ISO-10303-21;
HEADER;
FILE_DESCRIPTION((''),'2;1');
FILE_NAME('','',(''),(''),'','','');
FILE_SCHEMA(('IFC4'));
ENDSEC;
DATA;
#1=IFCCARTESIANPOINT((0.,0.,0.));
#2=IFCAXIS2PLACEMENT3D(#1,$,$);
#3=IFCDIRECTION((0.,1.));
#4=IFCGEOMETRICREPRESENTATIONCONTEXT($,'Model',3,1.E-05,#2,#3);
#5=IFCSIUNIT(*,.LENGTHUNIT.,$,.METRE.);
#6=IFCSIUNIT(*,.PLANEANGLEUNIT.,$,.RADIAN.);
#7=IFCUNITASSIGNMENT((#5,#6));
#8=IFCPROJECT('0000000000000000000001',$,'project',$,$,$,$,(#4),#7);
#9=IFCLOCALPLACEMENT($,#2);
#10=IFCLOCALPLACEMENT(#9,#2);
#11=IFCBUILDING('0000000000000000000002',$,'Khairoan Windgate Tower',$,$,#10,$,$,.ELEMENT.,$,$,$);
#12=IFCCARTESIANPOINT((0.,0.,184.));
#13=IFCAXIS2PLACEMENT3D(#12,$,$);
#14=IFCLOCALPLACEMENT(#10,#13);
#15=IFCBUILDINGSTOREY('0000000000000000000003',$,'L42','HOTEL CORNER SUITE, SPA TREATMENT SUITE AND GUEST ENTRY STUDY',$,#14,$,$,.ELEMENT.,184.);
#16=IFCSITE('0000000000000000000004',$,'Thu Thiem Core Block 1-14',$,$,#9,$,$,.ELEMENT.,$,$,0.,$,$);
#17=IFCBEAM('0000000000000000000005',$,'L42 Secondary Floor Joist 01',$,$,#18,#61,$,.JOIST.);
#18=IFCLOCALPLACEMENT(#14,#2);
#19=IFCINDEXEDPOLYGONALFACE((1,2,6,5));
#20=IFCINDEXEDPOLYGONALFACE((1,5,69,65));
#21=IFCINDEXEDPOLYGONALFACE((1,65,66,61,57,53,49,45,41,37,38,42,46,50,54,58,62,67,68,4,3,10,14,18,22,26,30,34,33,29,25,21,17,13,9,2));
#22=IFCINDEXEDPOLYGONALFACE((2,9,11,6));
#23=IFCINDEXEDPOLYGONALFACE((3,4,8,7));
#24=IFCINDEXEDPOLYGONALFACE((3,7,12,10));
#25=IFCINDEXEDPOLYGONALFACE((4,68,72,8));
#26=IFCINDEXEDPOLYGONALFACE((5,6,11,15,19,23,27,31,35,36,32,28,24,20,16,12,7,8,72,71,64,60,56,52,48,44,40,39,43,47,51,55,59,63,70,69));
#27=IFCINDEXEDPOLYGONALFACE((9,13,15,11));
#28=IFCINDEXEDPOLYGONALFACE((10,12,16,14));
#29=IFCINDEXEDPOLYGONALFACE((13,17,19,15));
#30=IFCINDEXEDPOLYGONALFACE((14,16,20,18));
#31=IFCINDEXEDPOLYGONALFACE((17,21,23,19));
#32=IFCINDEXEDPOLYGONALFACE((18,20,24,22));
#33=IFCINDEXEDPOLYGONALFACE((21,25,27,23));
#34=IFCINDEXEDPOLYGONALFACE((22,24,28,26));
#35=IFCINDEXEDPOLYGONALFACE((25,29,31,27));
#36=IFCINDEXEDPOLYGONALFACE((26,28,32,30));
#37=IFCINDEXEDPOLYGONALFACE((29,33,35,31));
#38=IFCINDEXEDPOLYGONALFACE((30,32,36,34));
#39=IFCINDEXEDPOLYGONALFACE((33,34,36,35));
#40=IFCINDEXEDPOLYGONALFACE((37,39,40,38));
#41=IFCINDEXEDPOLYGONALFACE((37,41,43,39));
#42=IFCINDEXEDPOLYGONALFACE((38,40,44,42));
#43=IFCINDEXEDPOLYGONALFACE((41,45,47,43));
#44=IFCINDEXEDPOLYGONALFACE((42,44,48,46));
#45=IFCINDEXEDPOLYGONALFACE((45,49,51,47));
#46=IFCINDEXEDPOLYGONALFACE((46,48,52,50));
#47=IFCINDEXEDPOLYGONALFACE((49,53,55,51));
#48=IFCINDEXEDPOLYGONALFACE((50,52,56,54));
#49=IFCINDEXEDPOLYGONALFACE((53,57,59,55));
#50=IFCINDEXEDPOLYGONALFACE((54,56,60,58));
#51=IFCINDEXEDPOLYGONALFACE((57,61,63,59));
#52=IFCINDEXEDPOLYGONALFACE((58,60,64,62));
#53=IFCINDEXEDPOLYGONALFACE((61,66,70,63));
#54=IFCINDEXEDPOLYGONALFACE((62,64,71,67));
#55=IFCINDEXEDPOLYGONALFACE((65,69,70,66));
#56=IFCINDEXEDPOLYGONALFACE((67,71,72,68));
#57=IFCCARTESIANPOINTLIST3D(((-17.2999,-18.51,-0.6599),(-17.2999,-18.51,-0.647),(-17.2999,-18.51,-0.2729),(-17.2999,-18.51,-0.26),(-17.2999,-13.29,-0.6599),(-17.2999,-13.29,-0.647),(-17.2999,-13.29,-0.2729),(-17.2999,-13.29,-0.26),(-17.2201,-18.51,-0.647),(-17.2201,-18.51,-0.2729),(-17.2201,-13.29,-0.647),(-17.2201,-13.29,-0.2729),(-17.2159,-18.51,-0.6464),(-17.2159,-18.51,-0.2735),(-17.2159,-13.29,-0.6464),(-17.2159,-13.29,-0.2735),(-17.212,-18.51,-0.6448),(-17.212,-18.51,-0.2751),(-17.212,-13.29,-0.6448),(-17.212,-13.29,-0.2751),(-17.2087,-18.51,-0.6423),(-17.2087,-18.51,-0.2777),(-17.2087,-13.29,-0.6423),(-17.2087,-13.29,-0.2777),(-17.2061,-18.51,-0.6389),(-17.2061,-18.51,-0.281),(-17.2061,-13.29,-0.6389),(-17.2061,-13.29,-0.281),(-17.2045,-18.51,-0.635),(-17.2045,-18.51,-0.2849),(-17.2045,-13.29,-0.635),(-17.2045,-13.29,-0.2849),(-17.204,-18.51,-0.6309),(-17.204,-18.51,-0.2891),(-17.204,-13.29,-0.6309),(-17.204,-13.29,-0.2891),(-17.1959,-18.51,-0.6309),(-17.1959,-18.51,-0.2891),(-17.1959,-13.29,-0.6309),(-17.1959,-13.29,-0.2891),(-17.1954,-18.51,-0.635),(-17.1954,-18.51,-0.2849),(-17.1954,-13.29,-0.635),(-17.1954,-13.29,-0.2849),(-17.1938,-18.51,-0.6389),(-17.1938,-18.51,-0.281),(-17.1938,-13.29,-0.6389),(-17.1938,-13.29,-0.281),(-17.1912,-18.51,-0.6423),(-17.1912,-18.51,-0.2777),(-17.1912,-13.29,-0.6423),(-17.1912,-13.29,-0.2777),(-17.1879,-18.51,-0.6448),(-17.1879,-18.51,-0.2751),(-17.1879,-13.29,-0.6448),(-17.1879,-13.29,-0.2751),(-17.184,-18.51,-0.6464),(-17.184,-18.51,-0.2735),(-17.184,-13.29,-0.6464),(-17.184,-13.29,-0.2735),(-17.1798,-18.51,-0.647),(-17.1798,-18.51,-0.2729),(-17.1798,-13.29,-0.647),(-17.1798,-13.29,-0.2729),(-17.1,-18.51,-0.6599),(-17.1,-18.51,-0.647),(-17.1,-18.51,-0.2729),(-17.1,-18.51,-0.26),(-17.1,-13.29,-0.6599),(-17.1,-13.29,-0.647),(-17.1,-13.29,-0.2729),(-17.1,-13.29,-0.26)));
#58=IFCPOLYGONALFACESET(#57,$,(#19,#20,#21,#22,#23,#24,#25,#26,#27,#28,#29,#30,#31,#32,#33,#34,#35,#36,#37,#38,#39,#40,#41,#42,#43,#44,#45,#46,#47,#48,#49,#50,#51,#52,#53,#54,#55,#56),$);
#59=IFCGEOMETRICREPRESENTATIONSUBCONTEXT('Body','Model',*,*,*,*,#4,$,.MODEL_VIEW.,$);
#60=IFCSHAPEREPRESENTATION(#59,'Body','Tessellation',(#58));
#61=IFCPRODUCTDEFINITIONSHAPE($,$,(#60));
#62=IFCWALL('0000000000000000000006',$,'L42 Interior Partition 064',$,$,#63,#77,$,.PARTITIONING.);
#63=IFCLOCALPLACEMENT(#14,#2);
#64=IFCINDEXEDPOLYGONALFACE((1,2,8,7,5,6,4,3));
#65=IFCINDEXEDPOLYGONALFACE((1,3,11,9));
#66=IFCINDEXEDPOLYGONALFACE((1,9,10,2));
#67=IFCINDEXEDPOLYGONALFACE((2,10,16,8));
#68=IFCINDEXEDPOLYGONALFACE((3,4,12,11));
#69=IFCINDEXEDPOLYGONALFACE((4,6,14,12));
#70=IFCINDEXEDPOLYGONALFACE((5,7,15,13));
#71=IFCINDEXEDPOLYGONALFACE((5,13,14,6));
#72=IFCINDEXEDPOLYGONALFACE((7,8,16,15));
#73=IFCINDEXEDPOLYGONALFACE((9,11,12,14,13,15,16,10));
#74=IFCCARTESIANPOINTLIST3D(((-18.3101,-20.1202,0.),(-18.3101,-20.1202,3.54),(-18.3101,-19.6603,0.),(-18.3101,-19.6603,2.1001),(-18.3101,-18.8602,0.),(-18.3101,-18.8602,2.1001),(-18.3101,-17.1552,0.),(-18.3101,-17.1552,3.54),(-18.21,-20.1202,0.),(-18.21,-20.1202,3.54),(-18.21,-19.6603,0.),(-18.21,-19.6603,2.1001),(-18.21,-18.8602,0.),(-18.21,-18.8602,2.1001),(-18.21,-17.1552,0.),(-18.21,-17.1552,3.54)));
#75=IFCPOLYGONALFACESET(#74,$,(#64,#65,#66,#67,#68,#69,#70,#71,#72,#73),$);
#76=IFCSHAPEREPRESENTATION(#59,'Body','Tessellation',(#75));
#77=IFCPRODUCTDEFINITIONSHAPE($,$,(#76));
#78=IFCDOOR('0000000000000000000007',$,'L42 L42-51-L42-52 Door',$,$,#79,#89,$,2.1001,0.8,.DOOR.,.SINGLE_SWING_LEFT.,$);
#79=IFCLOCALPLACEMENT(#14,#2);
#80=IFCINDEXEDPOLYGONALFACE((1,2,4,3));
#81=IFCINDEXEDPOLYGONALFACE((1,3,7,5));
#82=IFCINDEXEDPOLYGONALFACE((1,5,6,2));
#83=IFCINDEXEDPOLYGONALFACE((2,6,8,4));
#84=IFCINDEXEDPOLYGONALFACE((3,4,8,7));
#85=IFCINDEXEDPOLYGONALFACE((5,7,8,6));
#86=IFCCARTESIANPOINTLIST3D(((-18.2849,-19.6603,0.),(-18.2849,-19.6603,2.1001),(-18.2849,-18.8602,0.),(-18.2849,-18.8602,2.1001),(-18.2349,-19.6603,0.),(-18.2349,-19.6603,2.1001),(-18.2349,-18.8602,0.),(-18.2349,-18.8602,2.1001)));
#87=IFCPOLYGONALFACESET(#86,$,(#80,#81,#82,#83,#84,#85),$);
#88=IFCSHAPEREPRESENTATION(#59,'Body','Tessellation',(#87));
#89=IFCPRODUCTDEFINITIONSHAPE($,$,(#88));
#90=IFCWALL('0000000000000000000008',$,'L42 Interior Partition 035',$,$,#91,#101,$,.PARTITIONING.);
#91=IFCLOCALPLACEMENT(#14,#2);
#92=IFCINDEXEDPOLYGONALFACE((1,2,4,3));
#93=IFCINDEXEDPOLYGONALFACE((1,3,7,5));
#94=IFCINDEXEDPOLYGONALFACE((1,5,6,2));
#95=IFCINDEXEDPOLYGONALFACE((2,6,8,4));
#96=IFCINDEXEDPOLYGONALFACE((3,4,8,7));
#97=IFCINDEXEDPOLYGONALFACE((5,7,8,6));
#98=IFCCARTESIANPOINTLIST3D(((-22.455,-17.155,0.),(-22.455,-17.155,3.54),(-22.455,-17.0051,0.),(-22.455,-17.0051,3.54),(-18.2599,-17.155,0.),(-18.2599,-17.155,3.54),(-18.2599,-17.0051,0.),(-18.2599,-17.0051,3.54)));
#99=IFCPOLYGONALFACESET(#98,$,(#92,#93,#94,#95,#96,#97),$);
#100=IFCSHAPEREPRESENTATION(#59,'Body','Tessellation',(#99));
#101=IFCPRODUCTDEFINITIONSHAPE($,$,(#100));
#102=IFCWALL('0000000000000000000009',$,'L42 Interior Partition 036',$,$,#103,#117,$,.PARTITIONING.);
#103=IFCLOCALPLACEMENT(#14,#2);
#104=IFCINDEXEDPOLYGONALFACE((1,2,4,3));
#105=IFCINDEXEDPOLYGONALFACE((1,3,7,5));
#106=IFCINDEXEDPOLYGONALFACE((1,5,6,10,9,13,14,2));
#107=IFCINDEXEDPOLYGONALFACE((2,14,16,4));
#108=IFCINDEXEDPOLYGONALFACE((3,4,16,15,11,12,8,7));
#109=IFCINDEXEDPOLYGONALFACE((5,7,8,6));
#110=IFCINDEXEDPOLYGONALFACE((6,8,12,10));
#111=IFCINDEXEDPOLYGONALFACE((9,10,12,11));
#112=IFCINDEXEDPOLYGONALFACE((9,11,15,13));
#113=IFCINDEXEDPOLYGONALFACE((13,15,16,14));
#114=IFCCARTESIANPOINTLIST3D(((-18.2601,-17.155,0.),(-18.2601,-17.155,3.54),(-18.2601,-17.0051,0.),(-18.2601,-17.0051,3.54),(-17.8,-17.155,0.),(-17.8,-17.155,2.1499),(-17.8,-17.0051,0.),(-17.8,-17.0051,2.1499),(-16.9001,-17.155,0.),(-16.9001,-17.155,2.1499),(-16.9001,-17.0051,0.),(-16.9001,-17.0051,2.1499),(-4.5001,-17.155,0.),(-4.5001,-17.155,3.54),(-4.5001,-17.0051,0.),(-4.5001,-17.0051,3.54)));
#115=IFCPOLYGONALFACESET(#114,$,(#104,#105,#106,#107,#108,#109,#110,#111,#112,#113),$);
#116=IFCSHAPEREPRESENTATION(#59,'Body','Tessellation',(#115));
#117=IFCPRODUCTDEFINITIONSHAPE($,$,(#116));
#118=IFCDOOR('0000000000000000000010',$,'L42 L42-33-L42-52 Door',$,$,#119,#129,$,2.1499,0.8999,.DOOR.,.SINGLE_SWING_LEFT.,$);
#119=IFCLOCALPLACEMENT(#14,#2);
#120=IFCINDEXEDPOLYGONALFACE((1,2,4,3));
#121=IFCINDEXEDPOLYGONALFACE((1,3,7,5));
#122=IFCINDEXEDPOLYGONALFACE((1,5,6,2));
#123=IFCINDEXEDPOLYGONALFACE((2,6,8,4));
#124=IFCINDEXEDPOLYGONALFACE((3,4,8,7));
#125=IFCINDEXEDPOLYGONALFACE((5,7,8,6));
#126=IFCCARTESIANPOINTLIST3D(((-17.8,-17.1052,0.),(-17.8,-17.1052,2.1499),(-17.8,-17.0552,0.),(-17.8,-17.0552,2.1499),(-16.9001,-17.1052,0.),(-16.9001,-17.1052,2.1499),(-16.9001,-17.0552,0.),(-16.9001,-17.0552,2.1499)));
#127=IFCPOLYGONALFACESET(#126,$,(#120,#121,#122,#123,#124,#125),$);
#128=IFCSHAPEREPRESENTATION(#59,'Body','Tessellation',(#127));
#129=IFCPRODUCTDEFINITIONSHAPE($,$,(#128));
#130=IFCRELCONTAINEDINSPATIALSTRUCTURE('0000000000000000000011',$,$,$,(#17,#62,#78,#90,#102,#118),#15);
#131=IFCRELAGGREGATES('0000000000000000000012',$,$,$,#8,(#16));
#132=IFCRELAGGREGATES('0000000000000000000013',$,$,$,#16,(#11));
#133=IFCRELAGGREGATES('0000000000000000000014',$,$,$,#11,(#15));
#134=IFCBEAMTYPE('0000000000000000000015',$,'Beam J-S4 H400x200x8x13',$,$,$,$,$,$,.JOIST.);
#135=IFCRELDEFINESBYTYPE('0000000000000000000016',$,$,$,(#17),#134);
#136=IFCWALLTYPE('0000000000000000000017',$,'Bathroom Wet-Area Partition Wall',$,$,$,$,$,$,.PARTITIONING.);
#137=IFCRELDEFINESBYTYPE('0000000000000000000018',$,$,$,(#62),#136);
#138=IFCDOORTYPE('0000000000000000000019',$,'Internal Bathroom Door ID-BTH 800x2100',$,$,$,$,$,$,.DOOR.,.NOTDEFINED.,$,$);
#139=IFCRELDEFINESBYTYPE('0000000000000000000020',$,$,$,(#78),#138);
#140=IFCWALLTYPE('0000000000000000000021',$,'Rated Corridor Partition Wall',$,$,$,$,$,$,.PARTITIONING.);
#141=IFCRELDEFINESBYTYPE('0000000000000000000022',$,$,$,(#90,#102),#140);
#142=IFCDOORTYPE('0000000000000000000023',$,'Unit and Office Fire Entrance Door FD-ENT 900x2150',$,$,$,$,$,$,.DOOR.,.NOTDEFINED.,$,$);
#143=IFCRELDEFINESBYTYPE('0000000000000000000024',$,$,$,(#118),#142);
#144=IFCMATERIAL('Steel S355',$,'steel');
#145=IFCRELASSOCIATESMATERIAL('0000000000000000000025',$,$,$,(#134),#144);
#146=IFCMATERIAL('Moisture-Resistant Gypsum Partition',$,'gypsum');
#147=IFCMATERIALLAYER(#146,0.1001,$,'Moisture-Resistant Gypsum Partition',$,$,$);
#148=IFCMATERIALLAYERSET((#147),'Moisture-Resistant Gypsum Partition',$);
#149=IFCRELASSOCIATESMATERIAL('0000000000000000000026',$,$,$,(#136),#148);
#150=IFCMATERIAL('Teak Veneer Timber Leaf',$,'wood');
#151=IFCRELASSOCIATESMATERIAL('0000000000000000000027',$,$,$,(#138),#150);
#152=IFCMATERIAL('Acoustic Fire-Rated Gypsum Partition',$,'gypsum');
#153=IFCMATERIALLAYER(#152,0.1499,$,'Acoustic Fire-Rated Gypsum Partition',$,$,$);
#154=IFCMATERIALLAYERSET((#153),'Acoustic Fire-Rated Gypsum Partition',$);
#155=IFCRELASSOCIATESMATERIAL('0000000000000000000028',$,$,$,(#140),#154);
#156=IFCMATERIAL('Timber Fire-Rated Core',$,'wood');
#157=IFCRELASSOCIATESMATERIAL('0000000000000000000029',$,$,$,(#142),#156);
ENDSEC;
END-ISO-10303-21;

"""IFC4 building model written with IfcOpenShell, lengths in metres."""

from ifc_helpers import new_model, si_unit, direction, frame, frame_2d, origin, origin_2d, place, context, subcontext, project, spatial, rectangle, i_section, extrude, material, layer, layer_set, material_profile, profile_set, type_object, element, fill, save


model = new_model("IFC4")

# Units and contexts
model_context = context("Model", 3, precision=1e-05, world=origin(), true_north=direction((0.0, 1.0)))
body_context = subcontext(model_context, "Body", "Model", "MODEL_VIEW")
ifc_project = project(units=[si_unit("LENGTHUNIT", "METRE"), si_unit("PLANEANGLEUNIT", "RADIAN")], contexts=[model_context])

# Site, building, storey
site_placement = place(None, origin())
site = spatial("IfcSite", under=ifc_project, at=site_placement, Name="Thu Thiem Core Block 1-14", CompositionType="ELEMENT", RefElevation=0.0)
building_placement = place(site_placement, origin())
building = spatial("IfcBuilding", under=site, at=building_placement, Name="Khairoan Windgate Tower", CompositionType="ELEMENT")
storey_placement = place(building_placement, frame((0.0, 0.0, 184.0)))
storey = spatial("IfcBuildingStorey", under=building, at=storey_placement, Name="L42", Description="HOTEL CORNER SUITE, SPA TREATMENT SUITE AND GUEST ENTRY STUDY", CompositionType="ELEMENT", Elevation=184.0)

# Beam
ifc_material_1 = material(Name="Steel S355", Category="steel")
ifc_material_profile_1 = material_profile(ifc_material_1, i_section(OverallWidth=0.2, OverallDepth=0.3999, WebThickness=0.0081, FlangeThickness=0.0129, FilletRadius=0.0161, at=origin_2d()))
ifc_profile_set_1 = profile_set([ifc_material_profile_1], Name="Steel S355")
beam_type_1 = type_object("IfcBeamType", Name="Beam J-S4 H400x200x8x13", PredefinedType="JOIST", material=ifc_profile_set_1)
beam_1_placement = place(storey_placement, frame((-17.2, -18.51, -0.46), z_axis=(0.0, 1.0, 0.0), x_axis=(-1.0, 0.0, 0.0)))
element("IfcBeam", 1, at=beam_1_placement, inside=storey, type_object=beam_type_1, Name="L42 Secondary Floor Joist 01", PredefinedType="JOIST", context=body_context, shape_type="SweptSolid", body=[
    extrude(i_section(OverallWidth=0.2, OverallDepth=0.3999, WebThickness=0.0081, FlangeThickness=0.0129, FilletRadius=0.0161, at=origin_2d()), origin(), (0.0, 0.0, 1.0), 5.22),
])

# Wall, opening, door
ifc_material_2 = material(Name="Moisture-Resistant Gypsum Partition", Category="gypsum")
ifc_layer_1 = layer(ifc_material_2, 0.1001, Name="Moisture-Resistant Gypsum Partition")
ifc_layer_set_1 = layer_set([ifc_layer_1], Name="Moisture-Resistant Gypsum Partition")
wall_type_1 = type_object("IfcWallType", Name="Bathroom Wet-Area Partition Wall", PredefinedType="PARTITIONING", material=ifc_layer_set_1)
wall_1_placement = place(storey_placement, frame((-18.26, -20.1201, 0.0), z_axis=(0.0, 0.0, 1.0), x_axis=(0.0, 1.0, 0.0)))
wall_1 = element("IfcWall", 2, at=wall_1_placement, inside=storey, type_object=wall_type_1, Name="L42 Interior Partition 064", PredefinedType="PARTITIONING", context=body_context, shape_type="SweptSolid", body=[
    extrude(rectangle(XDim=2.9651, YDim=0.1001, at=frame_2d((1.4824, 0.0))), origin(), (0.0, 0.0, 1.0), 3.54),
])
opening_1_placement = place(wall_1_placement, frame((0.46, 0.0, 0.0)))
opening_1 = element("IfcOpeningElement", 3, at=opening_1_placement, cuts=wall_1, PredefinedType="OPENING", context=body_context, shape_type="SweptSolid", body=[
    extrude(rectangle(XDim=0.8, YDim=2.1001, at=frame_2d((0.3999, 1.05))), frame((0.0, 0.0601, 0.0), z_axis=(0.0, -1.0, 0.0), x_axis=(1.0, 0.0, 0.0)), (0.0, 0.0, 1.0), 0.1201),
])
ifc_material_3 = material(Name="Teak Veneer Timber Leaf", Category="wood")
door_type_1 = type_object("IfcDoorType", Name="Internal Bathroom Door ID-BTH 800x2100", OperationType="NOTDEFINED", PredefinedType="DOOR", material=ifc_material_3)
door_1_placement = place(opening_1_placement, origin())
door_1 = element("IfcDoor", 4, at=door_1_placement, inside=storey, type_object=door_type_1, Name="L42 L42-51-L42-52 Door", OperationType="SINGLE_SWING_LEFT", OverallHeight=2.1001, OverallWidth=0.8, PredefinedType="DOOR", context=body_context, shape_type="SweptSolid", body=[
    extrude(rectangle(XDim=0.8, YDim=2.1001, at=frame_2d((0.3999, 1.05))), frame((0.0, 0.0249, 0.0), z_axis=(0.0, -1.0, 0.0), x_axis=(1.0, 0.0, 0.0)), (0.0, 0.0, 1.0), 0.05),
])
fill(opening_1, door_1)

# Wall
ifc_material_4 = material(Name="Acoustic Fire-Rated Gypsum Partition", Category="gypsum")
ifc_layer_2 = layer(ifc_material_4, 0.1499, Name="Acoustic Fire-Rated Gypsum Partition")
ifc_layer_set_2 = layer_set([ifc_layer_2], Name="Acoustic Fire-Rated Gypsum Partition")
wall_type_2 = type_object("IfcWallType", Name="Rated Corridor Partition Wall", PredefinedType="PARTITIONING", material=ifc_layer_set_2)
wall_2_placement = place(storey_placement, frame((-22.4551, -17.0801, 0.0), z_axis=(0.0, 0.0, 1.0), x_axis=(1.0, 0.0, 0.0)))
element("IfcWall", 5, at=wall_2_placement, inside=storey, type_object=wall_type_2, Name="L42 Interior Partition 035", PredefinedType="PARTITIONING", context=body_context, shape_type="SweptSolid", body=[
    extrude(rectangle(XDim=4.1951, YDim=0.1499, at=frame_2d((2.0977, 0.0))), origin(), (0.0, 0.0, 1.0), 3.54),
])

# Wall, opening, door
wall_3_placement = place(storey_placement, frame((-18.26, -17.0801, 0.0), z_axis=(0.0, 0.0, 1.0), x_axis=(1.0, 0.0, 0.0)))
wall_3 = element("IfcWall", 6, at=wall_3_placement, inside=storey, type_object=wall_type_2, Name="L42 Interior Partition 036", PredefinedType="PARTITIONING", context=body_context, shape_type="SweptSolid", body=[
    extrude(rectangle(XDim=13.76, YDim=0.1499, at=frame_2d((6.8799, 0.0))), origin(), (0.0, 0.0, 1.0), 3.54),
])
opening_2_placement = place(wall_3_placement, frame((0.46, 0.0, 0.0)))
opening_2 = element("IfcOpeningElement", 7, at=opening_2_placement, cuts=wall_3, PredefinedType="OPENING", context=body_context, shape_type="SweptSolid", body=[
    extrude(rectangle(XDim=0.8999, YDim=2.1499, at=frame_2d((0.45, 1.075))), frame((0.0, 0.085, 0.0), z_axis=(0.0, -1.0, 0.0), x_axis=(1.0, 0.0, 0.0)), (0.0, 0.0, 1.0), 0.1699),
])
ifc_material_5 = material(Name="Timber Fire-Rated Core", Category="wood")
door_type_2 = type_object("IfcDoorType", Name="Unit and Office Fire Entrance Door FD-ENT 900x2150", OperationType="NOTDEFINED", PredefinedType="DOOR", material=ifc_material_5)
door_2_placement = place(opening_2_placement, origin())
door_2 = element("IfcDoor", 8, at=door_2_placement, inside=storey, type_object=door_type_2, Name="L42 L42-33-L42-52 Door", OperationType="SINGLE_SWING_LEFT", OverallHeight=2.1499, OverallWidth=0.8999, PredefinedType="DOOR", context=body_context, shape_type="SweptSolid", body=[
    extrude(rectangle(XDim=0.8999, YDim=2.1499, at=frame_2d((0.45, 1.075))), frame((0.0, 0.0249, 0.0), z_axis=(0.0, -1.0, 0.0), x_axis=(1.0, 0.0, 0.0)), (0.0, 0.0, 1.0), 0.05),
])
fill(opening_2, door_2)

save(model, "model.ifc")
